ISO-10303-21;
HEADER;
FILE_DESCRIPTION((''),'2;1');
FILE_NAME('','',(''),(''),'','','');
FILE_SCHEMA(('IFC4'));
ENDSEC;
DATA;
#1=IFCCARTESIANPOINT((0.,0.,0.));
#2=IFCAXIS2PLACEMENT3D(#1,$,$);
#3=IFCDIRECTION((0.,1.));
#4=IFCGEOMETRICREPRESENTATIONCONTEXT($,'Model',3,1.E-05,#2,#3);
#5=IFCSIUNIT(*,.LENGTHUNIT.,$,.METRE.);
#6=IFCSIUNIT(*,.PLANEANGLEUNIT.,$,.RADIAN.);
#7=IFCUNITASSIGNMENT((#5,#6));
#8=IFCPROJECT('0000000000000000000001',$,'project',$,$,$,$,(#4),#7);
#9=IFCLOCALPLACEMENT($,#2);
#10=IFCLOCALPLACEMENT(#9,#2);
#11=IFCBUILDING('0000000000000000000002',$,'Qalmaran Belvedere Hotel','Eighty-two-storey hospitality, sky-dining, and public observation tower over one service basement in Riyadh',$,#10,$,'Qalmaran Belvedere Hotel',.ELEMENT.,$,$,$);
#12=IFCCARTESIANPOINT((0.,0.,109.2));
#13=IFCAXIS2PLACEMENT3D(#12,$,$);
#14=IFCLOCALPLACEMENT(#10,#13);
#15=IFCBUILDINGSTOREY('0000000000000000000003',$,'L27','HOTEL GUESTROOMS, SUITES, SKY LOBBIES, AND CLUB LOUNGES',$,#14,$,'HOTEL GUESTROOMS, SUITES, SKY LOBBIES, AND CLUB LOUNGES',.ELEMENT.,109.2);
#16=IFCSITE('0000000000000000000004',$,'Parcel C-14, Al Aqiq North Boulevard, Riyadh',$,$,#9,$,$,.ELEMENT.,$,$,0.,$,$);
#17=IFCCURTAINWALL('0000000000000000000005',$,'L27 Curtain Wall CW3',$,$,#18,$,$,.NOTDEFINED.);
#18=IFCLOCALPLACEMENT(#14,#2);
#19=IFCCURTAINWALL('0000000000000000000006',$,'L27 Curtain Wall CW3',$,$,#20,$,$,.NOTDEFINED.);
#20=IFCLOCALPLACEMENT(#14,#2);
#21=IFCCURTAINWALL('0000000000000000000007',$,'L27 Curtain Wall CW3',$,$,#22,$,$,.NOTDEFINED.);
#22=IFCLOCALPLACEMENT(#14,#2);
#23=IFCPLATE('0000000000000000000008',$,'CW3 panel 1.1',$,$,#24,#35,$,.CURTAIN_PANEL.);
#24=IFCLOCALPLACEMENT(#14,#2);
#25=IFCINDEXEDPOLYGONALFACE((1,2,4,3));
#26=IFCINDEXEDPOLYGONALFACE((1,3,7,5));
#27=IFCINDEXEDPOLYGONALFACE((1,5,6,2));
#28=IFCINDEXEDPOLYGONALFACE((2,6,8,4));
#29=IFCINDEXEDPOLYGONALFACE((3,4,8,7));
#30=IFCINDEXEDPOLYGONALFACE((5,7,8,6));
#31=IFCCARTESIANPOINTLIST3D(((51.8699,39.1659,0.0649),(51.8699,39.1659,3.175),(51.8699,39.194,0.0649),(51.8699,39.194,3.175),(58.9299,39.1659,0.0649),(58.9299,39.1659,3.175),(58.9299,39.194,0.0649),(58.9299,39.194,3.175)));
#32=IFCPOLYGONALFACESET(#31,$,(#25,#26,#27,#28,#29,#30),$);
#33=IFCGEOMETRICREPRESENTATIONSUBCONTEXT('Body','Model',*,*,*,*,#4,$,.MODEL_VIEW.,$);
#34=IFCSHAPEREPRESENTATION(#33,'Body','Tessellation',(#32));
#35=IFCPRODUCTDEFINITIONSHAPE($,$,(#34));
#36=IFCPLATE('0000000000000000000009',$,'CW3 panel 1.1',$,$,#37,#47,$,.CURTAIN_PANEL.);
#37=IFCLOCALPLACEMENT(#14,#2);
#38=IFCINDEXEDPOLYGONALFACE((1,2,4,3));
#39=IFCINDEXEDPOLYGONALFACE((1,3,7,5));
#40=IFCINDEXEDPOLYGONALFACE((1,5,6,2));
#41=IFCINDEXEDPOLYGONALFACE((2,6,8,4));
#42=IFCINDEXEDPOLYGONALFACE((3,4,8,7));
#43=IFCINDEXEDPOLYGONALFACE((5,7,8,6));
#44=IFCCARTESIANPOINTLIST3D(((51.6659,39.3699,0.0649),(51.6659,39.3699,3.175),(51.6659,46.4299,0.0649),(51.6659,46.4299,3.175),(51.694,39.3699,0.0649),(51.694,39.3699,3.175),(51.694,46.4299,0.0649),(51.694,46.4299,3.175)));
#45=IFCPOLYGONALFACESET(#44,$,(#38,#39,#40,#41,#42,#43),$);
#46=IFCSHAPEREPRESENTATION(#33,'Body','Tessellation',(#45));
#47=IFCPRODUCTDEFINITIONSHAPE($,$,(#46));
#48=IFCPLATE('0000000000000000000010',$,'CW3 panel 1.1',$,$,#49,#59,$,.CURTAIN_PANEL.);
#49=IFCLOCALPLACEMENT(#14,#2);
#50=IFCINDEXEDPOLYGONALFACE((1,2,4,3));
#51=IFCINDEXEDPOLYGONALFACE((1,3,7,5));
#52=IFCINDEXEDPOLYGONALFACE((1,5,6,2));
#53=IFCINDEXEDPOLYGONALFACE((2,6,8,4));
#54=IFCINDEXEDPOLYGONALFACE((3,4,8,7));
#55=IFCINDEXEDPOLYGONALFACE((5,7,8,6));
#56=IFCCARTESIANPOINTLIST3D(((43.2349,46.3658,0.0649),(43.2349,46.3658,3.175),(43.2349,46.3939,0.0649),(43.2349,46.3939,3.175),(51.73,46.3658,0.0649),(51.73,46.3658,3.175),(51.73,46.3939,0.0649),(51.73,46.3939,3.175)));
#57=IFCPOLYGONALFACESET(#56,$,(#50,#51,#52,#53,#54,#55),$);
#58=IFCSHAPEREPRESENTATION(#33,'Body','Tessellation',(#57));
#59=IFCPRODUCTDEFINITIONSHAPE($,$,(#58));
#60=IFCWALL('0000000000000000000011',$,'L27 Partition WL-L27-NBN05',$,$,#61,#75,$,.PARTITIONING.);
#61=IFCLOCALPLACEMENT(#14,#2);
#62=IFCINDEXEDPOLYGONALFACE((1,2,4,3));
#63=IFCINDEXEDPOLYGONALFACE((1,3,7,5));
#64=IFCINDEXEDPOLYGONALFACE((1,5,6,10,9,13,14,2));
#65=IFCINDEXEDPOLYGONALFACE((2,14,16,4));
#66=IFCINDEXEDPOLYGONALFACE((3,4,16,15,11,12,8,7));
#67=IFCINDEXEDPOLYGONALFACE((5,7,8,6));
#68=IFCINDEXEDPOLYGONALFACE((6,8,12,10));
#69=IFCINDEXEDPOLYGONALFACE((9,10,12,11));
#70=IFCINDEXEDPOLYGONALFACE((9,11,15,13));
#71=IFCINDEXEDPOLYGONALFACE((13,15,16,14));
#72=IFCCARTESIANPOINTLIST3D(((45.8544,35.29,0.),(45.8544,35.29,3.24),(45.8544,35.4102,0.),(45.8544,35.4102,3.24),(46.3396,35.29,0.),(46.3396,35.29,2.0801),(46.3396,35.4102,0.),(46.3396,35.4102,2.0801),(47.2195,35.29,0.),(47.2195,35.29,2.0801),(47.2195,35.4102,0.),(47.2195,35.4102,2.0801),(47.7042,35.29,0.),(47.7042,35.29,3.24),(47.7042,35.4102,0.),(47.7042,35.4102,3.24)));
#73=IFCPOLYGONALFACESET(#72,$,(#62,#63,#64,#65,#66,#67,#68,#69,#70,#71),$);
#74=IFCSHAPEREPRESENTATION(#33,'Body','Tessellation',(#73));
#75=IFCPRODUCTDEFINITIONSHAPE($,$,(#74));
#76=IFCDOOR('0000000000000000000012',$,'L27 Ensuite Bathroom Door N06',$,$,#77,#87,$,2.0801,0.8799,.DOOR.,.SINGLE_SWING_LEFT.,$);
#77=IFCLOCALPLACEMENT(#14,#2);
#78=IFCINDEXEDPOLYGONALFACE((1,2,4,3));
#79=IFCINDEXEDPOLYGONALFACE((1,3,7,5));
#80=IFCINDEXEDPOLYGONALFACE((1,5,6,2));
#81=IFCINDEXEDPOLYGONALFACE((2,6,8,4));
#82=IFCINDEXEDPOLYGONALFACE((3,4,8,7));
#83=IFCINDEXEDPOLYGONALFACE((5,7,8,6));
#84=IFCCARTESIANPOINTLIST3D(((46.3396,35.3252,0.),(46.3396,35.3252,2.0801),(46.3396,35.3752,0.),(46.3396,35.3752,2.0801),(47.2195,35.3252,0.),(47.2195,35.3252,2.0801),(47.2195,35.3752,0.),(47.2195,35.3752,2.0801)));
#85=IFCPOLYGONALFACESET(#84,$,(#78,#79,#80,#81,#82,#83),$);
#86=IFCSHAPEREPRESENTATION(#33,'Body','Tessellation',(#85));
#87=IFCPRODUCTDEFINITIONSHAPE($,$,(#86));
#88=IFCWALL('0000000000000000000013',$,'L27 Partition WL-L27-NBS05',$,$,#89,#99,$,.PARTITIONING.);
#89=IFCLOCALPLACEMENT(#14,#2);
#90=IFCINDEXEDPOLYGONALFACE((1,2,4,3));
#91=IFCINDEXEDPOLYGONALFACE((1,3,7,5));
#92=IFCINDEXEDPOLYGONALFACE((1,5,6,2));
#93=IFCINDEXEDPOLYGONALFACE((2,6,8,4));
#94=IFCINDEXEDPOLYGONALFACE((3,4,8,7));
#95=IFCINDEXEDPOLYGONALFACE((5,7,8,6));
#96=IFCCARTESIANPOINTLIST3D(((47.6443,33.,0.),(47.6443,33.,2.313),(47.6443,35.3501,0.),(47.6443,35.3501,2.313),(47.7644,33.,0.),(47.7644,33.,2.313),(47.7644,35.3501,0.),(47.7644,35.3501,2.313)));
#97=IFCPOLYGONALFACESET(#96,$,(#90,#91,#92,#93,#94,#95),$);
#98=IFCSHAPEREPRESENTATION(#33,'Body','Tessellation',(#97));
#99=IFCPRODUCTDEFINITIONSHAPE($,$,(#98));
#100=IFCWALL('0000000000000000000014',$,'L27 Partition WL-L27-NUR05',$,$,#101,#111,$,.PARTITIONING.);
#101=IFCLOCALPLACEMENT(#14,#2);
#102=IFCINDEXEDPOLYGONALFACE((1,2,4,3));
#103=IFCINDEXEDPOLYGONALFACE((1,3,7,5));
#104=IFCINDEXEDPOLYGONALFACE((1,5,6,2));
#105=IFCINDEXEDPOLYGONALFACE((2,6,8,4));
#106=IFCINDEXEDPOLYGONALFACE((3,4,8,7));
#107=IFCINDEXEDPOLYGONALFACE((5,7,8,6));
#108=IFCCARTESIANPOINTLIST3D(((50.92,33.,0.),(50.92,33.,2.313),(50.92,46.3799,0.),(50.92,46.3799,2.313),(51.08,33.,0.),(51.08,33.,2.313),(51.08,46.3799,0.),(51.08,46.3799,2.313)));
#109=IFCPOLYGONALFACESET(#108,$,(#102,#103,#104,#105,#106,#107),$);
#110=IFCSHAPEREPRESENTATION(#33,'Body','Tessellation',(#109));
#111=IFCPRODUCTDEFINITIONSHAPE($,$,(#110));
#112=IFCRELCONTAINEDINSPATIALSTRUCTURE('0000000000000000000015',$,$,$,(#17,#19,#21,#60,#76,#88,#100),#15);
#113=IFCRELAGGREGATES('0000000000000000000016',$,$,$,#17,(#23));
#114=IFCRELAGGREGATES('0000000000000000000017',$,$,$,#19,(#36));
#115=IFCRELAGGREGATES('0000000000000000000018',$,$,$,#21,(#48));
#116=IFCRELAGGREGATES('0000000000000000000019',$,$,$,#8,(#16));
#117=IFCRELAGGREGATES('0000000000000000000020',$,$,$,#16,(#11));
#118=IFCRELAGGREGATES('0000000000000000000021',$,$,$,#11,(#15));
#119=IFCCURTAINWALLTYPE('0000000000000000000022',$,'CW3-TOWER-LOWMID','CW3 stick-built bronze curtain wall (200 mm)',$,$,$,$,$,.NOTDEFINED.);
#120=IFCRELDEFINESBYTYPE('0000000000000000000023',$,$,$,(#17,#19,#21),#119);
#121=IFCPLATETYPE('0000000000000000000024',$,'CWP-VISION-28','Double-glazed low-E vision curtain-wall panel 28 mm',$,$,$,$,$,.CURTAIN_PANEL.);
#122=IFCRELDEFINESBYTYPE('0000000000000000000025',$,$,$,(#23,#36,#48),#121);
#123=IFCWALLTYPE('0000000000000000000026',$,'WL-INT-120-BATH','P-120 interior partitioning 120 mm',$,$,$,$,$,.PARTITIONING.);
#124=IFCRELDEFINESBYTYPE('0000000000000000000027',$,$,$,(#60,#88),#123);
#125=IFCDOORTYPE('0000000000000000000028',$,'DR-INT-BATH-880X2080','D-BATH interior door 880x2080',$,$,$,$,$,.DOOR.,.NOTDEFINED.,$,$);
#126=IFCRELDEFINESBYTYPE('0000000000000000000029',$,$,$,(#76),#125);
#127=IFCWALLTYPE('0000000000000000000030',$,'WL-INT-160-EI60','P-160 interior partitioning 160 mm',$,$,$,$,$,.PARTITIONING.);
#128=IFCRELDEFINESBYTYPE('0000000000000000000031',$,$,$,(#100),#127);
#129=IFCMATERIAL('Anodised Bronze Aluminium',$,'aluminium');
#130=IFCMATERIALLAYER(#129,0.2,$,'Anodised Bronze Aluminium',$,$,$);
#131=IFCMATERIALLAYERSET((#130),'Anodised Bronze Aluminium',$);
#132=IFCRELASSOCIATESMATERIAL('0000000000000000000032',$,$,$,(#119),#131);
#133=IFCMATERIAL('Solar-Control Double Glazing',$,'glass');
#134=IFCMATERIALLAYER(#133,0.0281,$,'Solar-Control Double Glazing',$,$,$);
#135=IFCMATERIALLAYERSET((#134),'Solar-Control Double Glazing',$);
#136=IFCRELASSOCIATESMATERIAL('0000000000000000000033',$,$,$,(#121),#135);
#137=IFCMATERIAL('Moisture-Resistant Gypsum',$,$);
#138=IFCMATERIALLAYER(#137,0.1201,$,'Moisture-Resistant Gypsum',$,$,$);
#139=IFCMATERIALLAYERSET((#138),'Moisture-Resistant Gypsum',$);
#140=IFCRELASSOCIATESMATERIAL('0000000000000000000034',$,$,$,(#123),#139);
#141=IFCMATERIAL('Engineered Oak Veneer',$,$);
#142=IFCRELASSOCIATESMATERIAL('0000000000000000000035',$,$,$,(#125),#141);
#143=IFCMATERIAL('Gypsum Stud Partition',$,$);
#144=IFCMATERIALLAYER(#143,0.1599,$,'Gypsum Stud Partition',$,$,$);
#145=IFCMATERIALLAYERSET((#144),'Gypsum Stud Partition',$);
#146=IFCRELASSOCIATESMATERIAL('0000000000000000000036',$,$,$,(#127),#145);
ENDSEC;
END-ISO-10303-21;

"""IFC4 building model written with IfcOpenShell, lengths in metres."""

from ifc_helpers import new_model, si_unit, direction, frame, frame_2d, origin, origin_2d, place, context, subcontext, project, spatial, rectangle, extrude, material, layer, layer_set, type_object, element, fill, aggregate, save


model = new_model("IFC4")

# Units and contexts
model_context = context("Model", 3, precision=1e-05, world=origin(), true_north=direction((0.0, 1.0)))
body_context = subcontext(model_context, "Body", "Model", "MODEL_VIEW")
ifc_project = project(units=[si_unit("LENGTHUNIT", "METRE"), si_unit("PLANEANGLEUNIT", "RADIAN")], contexts=[model_context])

# Site, building, storey
site_placement = place(None, origin())
site = spatial("IfcSite", under=ifc_project, at=site_placement, Name="Parcel C-14, Al Aqiq North Boulevard, Riyadh", CompositionType="ELEMENT", RefElevation=0.0)
building_placement = place(site_placement, origin())
building = spatial("IfcBuilding", under=site, at=building_placement, Name="Qalmaran Belvedere Hotel", Description="Eighty-two-storey hospitality, sky-dining, and public observation tower over one service basement in Riyadh", LongName="Qalmaran Belvedere Hotel", CompositionType="ELEMENT")
storey_placement = place(building_placement, frame((0.0, 0.0, 109.2)))
storey = spatial("IfcBuildingStorey", under=building, at=storey_placement, Name="L27", Description="HOTEL GUESTROOMS, SUITES, SKY LOBBIES, AND CLUB LOUNGES", LongName="HOTEL GUESTROOMS, SUITES, SKY LOBBIES, AND CLUB LOUNGES", CompositionType="ELEMENT", Elevation=109.2)

# Shared definitions
ifc_material_1 = material(Name="Anodised Bronze Aluminium", Category="aluminium")
ifc_layer_1 = layer(ifc_material_1, 0.2, Name="Anodised Bronze Aluminium")
ifc_layer_set_1 = layer_set([ifc_layer_1], Name="Anodised Bronze Aluminium")
curtain_wall_type = type_object("IfcCurtainWallType", Name="CW3-TOWER-LOWMID", Description="CW3 stick-built bronze curtain wall (200 mm)", PredefinedType="NOTDEFINED", material=ifc_layer_set_1)

# Curtain walls
curtain_wall_1_placement = place(storey_placement, origin())
curtain_wall_1 = element("IfcCurtainWall", 1, at=curtain_wall_1_placement, inside=storey, type_object=curtain_wall_type, Name="L27 Curtain Wall CW3", PredefinedType="NOTDEFINED")
curtain_wall_2_placement = place(storey_placement, origin())
curtain_wall_2 = element("IfcCurtainWall", 2, at=curtain_wall_2_placement, inside=storey, type_object=curtain_wall_type, Name="L27 Curtain Wall CW3", PredefinedType="NOTDEFINED")

# Curtain wall
curtain_wall_3_placement = place(storey_placement, origin())
curtain_wall_3 = element("IfcCurtainWall", 3, at=curtain_wall_3_placement, inside=storey, type_object=curtain_wall_type, Name="L27 Curtain Wall CW3", PredefinedType="NOTDEFINED")

# Plates
ifc_material_2 = material(Name="Solar-Control Double Glazing", Category="glass")
ifc_layer_2 = layer(ifc_material_2, 0.0281, Name="Solar-Control Double Glazing")
ifc_layer_set_2 = layer_set([ifc_layer_2], Name="Solar-Control Double Glazing")
plate_type = type_object("IfcPlateType", Name="CWP-VISION-28", Description="Double-glazed low-E vision curtain-wall panel 28 mm", PredefinedType="CURTAIN_PANEL", material=ifc_layer_set_2)
plate_1_placement = place(storey_placement, frame((55.3999, 39.1799, 0.0649), z_axis=(0.0, 0.0, 1.0), x_axis=(-1.0, 0.0, 0.0)))
plate_1 = element("IfcPlate", 4, at=plate_1_placement, type_object=plate_type, Name="CW3 panel 1.1", PredefinedType="CURTAIN_PANEL", context=body_context, shape_type="SweptSolid", body=[
    extrude(rectangle(XDim=7.0601, YDim=0.0281, at=origin_2d()), origin(), (0.0, 0.0, 1.0), 3.1101),
])
aggregate(curtain_wall_1, [plate_1])
plate_2_placement = place(storey_placement, frame((51.6799, 42.8999, 0.0649), z_axis=(0.0, 0.0, 1.0), x_axis=(0.0, 1.0, 0.0)))
plate_2 = element("IfcPlate", 5, at=plate_2_placement, type_object=plate_type, Name="CW3 panel 1.1", PredefinedType="CURTAIN_PANEL", context=body_context, shape_type="SweptSolid", body=[
    extrude(rectangle(XDim=7.0601, YDim=0.0281, at=origin_2d()), origin(), (0.0, 0.0, 1.0), 3.1101),
])
aggregate(curtain_wall_2, [plate_2])
plate_3_placement = place(storey_placement, frame((47.4824, 46.3799, 0.0649), z_axis=(0.0, 0.0, 1.0), x_axis=(-1.0, 0.0, 0.0)))
plate_3 = element("IfcPlate", 6, at=plate_3_placement, type_object=plate_type, Name="CW3 panel 1.1", PredefinedType="CURTAIN_PANEL", context=body_context, shape_type="SweptSolid", body=[
    extrude(rectangle(XDim=8.4951, YDim=0.0281, at=origin_2d()), origin(), (0.0, 0.0, 1.0), 3.1101),
])
aggregate(curtain_wall_3, [plate_3])

# Wall, opening, door
ifc_material_3 = material(Name="Moisture-Resistant Gypsum")
ifc_layer_3 = layer(ifc_material_3, 0.1201, Name="Moisture-Resistant Gypsum")
ifc_layer_set_3 = layer_set([ifc_layer_3], Name="Moisture-Resistant Gypsum")
wall_type_1 = type_object("IfcWallType", Name="WL-INT-120-BATH", Description="P-120 interior partitioning 120 mm", PredefinedType="PARTITIONING", material=ifc_layer_set_3)
wall_1_placement = place(storey_placement, frame((45.8545, 35.3501, 0.0), z_axis=(0.0, 0.0, 1.0), x_axis=(1.0, 0.0, 0.0)))
wall_1 = element("IfcWall", 7, at=wall_1_placement, inside=storey, type_object=wall_type_1, Name="L27 Partition WL-L27-NBN05", PredefinedType="PARTITIONING", context=body_context, shape_type="SweptSolid", body=[
    extrude(rectangle(XDim=1.8499, YDim=0.1201, at=frame_2d((0.9248, 0.0))), origin(), (0.0, 0.0, 1.0), 3.24),
])
opening_1_placement = place(wall_1_placement, frame((1.365, 0.0, 0.0), z_axis=(0.0, 0.0, 1.0), x_axis=(-1.0, 0.0, 0.0)))
opening_1 = element("IfcOpeningElement", 8, at=opening_1_placement, cuts=wall_1, PredefinedType="OPENING", context=body_context, shape_type="SweptSolid", body=[
    extrude(rectangle(XDim=0.8799, YDim=2.0801, at=frame_2d((0.4399, 1.04))), frame((0.0, 0.0701, 0.0), z_axis=(0.0, -1.0, 0.0), x_axis=(1.0, 0.0, 0.0)), (0.0, 0.0, 1.0), 0.1401),
])
ifc_material_4 = material(Name="Engineered Oak Veneer")
door_type_1 = type_object("IfcDoorType", Name="DR-INT-BATH-880X2080", Description="D-BATH interior door 880x2080", OperationType="NOTDEFINED", PredefinedType="DOOR", material=ifc_material_4)
door_1_placement = place(opening_1_placement, origin())
door_1 = element("IfcDoor", 9, at=door_1_placement, inside=storey, type_object=door_type_1, Name="L27 Ensuite Bathroom Door N06", OperationType="SINGLE_SWING_LEFT", OverallHeight=2.0801, OverallWidth=0.8799, PredefinedType="DOOR", context=body_context, shape_type="SweptSolid", body=[
    extrude(rectangle(XDim=0.8799, YDim=2.0801, at=frame_2d((0.4399, 1.04))), frame((0.0, 0.0249, 0.0), z_axis=(0.0, -1.0, 0.0), x_axis=(1.0, 0.0, 0.0)), (0.0, 0.0, 1.0), 0.05),
])
fill(opening_1, door_1)

# Walls
wall_2_placement = place(storey_placement, frame((47.7043, 33.0, 0.0), z_axis=(0.0, 0.0, 1.0), x_axis=(0.0, 1.0, 0.0)))
element("IfcWall", 10, at=wall_2_placement, inside=storey, type_object=wall_type_1, Name="L27 Partition WL-L27-NBS05", PredefinedType="PARTITIONING", context=body_context, shape_type="SweptSolid", body=[
    extrude(rectangle(XDim=2.3501, YDim=0.1201, at=frame_2d((1.175, 0.0))), origin(), (0.0, 0.0, 1.0), 2.313),
])
ifc_material_5 = material(Name="Gypsum Stud Partition")
ifc_layer_4 = layer(ifc_material_5, 0.1599, Name="Gypsum Stud Partition")
ifc_layer_set_4 = layer_set([ifc_layer_4], Name="Gypsum Stud Partition")
wall_type_2 = type_object("IfcWallType", Name="WL-INT-160-EI60", Description="P-160 interior partitioning 160 mm", PredefinedType="PARTITIONING", material=ifc_layer_set_4)
wall_3_placement = place(storey_placement, frame((51.0, 33.0, 0.0), z_axis=(0.0, 0.0, 1.0), x_axis=(0.0, 1.0, 0.0)))
element("IfcWall", 11, at=wall_3_placement, inside=storey, type_object=wall_type_2, Name="L27 Partition WL-L27-NUR05", PredefinedType="PARTITIONING", context=body_context, shape_type="SweptSolid", body=[
    extrude(rectangle(XDim=13.3799, YDim=0.1599, at=frame_2d((6.6899, 0.0))), origin(), (0.0, 0.0, 1.0), 2.313),
])

save(model, "model.ifc")
